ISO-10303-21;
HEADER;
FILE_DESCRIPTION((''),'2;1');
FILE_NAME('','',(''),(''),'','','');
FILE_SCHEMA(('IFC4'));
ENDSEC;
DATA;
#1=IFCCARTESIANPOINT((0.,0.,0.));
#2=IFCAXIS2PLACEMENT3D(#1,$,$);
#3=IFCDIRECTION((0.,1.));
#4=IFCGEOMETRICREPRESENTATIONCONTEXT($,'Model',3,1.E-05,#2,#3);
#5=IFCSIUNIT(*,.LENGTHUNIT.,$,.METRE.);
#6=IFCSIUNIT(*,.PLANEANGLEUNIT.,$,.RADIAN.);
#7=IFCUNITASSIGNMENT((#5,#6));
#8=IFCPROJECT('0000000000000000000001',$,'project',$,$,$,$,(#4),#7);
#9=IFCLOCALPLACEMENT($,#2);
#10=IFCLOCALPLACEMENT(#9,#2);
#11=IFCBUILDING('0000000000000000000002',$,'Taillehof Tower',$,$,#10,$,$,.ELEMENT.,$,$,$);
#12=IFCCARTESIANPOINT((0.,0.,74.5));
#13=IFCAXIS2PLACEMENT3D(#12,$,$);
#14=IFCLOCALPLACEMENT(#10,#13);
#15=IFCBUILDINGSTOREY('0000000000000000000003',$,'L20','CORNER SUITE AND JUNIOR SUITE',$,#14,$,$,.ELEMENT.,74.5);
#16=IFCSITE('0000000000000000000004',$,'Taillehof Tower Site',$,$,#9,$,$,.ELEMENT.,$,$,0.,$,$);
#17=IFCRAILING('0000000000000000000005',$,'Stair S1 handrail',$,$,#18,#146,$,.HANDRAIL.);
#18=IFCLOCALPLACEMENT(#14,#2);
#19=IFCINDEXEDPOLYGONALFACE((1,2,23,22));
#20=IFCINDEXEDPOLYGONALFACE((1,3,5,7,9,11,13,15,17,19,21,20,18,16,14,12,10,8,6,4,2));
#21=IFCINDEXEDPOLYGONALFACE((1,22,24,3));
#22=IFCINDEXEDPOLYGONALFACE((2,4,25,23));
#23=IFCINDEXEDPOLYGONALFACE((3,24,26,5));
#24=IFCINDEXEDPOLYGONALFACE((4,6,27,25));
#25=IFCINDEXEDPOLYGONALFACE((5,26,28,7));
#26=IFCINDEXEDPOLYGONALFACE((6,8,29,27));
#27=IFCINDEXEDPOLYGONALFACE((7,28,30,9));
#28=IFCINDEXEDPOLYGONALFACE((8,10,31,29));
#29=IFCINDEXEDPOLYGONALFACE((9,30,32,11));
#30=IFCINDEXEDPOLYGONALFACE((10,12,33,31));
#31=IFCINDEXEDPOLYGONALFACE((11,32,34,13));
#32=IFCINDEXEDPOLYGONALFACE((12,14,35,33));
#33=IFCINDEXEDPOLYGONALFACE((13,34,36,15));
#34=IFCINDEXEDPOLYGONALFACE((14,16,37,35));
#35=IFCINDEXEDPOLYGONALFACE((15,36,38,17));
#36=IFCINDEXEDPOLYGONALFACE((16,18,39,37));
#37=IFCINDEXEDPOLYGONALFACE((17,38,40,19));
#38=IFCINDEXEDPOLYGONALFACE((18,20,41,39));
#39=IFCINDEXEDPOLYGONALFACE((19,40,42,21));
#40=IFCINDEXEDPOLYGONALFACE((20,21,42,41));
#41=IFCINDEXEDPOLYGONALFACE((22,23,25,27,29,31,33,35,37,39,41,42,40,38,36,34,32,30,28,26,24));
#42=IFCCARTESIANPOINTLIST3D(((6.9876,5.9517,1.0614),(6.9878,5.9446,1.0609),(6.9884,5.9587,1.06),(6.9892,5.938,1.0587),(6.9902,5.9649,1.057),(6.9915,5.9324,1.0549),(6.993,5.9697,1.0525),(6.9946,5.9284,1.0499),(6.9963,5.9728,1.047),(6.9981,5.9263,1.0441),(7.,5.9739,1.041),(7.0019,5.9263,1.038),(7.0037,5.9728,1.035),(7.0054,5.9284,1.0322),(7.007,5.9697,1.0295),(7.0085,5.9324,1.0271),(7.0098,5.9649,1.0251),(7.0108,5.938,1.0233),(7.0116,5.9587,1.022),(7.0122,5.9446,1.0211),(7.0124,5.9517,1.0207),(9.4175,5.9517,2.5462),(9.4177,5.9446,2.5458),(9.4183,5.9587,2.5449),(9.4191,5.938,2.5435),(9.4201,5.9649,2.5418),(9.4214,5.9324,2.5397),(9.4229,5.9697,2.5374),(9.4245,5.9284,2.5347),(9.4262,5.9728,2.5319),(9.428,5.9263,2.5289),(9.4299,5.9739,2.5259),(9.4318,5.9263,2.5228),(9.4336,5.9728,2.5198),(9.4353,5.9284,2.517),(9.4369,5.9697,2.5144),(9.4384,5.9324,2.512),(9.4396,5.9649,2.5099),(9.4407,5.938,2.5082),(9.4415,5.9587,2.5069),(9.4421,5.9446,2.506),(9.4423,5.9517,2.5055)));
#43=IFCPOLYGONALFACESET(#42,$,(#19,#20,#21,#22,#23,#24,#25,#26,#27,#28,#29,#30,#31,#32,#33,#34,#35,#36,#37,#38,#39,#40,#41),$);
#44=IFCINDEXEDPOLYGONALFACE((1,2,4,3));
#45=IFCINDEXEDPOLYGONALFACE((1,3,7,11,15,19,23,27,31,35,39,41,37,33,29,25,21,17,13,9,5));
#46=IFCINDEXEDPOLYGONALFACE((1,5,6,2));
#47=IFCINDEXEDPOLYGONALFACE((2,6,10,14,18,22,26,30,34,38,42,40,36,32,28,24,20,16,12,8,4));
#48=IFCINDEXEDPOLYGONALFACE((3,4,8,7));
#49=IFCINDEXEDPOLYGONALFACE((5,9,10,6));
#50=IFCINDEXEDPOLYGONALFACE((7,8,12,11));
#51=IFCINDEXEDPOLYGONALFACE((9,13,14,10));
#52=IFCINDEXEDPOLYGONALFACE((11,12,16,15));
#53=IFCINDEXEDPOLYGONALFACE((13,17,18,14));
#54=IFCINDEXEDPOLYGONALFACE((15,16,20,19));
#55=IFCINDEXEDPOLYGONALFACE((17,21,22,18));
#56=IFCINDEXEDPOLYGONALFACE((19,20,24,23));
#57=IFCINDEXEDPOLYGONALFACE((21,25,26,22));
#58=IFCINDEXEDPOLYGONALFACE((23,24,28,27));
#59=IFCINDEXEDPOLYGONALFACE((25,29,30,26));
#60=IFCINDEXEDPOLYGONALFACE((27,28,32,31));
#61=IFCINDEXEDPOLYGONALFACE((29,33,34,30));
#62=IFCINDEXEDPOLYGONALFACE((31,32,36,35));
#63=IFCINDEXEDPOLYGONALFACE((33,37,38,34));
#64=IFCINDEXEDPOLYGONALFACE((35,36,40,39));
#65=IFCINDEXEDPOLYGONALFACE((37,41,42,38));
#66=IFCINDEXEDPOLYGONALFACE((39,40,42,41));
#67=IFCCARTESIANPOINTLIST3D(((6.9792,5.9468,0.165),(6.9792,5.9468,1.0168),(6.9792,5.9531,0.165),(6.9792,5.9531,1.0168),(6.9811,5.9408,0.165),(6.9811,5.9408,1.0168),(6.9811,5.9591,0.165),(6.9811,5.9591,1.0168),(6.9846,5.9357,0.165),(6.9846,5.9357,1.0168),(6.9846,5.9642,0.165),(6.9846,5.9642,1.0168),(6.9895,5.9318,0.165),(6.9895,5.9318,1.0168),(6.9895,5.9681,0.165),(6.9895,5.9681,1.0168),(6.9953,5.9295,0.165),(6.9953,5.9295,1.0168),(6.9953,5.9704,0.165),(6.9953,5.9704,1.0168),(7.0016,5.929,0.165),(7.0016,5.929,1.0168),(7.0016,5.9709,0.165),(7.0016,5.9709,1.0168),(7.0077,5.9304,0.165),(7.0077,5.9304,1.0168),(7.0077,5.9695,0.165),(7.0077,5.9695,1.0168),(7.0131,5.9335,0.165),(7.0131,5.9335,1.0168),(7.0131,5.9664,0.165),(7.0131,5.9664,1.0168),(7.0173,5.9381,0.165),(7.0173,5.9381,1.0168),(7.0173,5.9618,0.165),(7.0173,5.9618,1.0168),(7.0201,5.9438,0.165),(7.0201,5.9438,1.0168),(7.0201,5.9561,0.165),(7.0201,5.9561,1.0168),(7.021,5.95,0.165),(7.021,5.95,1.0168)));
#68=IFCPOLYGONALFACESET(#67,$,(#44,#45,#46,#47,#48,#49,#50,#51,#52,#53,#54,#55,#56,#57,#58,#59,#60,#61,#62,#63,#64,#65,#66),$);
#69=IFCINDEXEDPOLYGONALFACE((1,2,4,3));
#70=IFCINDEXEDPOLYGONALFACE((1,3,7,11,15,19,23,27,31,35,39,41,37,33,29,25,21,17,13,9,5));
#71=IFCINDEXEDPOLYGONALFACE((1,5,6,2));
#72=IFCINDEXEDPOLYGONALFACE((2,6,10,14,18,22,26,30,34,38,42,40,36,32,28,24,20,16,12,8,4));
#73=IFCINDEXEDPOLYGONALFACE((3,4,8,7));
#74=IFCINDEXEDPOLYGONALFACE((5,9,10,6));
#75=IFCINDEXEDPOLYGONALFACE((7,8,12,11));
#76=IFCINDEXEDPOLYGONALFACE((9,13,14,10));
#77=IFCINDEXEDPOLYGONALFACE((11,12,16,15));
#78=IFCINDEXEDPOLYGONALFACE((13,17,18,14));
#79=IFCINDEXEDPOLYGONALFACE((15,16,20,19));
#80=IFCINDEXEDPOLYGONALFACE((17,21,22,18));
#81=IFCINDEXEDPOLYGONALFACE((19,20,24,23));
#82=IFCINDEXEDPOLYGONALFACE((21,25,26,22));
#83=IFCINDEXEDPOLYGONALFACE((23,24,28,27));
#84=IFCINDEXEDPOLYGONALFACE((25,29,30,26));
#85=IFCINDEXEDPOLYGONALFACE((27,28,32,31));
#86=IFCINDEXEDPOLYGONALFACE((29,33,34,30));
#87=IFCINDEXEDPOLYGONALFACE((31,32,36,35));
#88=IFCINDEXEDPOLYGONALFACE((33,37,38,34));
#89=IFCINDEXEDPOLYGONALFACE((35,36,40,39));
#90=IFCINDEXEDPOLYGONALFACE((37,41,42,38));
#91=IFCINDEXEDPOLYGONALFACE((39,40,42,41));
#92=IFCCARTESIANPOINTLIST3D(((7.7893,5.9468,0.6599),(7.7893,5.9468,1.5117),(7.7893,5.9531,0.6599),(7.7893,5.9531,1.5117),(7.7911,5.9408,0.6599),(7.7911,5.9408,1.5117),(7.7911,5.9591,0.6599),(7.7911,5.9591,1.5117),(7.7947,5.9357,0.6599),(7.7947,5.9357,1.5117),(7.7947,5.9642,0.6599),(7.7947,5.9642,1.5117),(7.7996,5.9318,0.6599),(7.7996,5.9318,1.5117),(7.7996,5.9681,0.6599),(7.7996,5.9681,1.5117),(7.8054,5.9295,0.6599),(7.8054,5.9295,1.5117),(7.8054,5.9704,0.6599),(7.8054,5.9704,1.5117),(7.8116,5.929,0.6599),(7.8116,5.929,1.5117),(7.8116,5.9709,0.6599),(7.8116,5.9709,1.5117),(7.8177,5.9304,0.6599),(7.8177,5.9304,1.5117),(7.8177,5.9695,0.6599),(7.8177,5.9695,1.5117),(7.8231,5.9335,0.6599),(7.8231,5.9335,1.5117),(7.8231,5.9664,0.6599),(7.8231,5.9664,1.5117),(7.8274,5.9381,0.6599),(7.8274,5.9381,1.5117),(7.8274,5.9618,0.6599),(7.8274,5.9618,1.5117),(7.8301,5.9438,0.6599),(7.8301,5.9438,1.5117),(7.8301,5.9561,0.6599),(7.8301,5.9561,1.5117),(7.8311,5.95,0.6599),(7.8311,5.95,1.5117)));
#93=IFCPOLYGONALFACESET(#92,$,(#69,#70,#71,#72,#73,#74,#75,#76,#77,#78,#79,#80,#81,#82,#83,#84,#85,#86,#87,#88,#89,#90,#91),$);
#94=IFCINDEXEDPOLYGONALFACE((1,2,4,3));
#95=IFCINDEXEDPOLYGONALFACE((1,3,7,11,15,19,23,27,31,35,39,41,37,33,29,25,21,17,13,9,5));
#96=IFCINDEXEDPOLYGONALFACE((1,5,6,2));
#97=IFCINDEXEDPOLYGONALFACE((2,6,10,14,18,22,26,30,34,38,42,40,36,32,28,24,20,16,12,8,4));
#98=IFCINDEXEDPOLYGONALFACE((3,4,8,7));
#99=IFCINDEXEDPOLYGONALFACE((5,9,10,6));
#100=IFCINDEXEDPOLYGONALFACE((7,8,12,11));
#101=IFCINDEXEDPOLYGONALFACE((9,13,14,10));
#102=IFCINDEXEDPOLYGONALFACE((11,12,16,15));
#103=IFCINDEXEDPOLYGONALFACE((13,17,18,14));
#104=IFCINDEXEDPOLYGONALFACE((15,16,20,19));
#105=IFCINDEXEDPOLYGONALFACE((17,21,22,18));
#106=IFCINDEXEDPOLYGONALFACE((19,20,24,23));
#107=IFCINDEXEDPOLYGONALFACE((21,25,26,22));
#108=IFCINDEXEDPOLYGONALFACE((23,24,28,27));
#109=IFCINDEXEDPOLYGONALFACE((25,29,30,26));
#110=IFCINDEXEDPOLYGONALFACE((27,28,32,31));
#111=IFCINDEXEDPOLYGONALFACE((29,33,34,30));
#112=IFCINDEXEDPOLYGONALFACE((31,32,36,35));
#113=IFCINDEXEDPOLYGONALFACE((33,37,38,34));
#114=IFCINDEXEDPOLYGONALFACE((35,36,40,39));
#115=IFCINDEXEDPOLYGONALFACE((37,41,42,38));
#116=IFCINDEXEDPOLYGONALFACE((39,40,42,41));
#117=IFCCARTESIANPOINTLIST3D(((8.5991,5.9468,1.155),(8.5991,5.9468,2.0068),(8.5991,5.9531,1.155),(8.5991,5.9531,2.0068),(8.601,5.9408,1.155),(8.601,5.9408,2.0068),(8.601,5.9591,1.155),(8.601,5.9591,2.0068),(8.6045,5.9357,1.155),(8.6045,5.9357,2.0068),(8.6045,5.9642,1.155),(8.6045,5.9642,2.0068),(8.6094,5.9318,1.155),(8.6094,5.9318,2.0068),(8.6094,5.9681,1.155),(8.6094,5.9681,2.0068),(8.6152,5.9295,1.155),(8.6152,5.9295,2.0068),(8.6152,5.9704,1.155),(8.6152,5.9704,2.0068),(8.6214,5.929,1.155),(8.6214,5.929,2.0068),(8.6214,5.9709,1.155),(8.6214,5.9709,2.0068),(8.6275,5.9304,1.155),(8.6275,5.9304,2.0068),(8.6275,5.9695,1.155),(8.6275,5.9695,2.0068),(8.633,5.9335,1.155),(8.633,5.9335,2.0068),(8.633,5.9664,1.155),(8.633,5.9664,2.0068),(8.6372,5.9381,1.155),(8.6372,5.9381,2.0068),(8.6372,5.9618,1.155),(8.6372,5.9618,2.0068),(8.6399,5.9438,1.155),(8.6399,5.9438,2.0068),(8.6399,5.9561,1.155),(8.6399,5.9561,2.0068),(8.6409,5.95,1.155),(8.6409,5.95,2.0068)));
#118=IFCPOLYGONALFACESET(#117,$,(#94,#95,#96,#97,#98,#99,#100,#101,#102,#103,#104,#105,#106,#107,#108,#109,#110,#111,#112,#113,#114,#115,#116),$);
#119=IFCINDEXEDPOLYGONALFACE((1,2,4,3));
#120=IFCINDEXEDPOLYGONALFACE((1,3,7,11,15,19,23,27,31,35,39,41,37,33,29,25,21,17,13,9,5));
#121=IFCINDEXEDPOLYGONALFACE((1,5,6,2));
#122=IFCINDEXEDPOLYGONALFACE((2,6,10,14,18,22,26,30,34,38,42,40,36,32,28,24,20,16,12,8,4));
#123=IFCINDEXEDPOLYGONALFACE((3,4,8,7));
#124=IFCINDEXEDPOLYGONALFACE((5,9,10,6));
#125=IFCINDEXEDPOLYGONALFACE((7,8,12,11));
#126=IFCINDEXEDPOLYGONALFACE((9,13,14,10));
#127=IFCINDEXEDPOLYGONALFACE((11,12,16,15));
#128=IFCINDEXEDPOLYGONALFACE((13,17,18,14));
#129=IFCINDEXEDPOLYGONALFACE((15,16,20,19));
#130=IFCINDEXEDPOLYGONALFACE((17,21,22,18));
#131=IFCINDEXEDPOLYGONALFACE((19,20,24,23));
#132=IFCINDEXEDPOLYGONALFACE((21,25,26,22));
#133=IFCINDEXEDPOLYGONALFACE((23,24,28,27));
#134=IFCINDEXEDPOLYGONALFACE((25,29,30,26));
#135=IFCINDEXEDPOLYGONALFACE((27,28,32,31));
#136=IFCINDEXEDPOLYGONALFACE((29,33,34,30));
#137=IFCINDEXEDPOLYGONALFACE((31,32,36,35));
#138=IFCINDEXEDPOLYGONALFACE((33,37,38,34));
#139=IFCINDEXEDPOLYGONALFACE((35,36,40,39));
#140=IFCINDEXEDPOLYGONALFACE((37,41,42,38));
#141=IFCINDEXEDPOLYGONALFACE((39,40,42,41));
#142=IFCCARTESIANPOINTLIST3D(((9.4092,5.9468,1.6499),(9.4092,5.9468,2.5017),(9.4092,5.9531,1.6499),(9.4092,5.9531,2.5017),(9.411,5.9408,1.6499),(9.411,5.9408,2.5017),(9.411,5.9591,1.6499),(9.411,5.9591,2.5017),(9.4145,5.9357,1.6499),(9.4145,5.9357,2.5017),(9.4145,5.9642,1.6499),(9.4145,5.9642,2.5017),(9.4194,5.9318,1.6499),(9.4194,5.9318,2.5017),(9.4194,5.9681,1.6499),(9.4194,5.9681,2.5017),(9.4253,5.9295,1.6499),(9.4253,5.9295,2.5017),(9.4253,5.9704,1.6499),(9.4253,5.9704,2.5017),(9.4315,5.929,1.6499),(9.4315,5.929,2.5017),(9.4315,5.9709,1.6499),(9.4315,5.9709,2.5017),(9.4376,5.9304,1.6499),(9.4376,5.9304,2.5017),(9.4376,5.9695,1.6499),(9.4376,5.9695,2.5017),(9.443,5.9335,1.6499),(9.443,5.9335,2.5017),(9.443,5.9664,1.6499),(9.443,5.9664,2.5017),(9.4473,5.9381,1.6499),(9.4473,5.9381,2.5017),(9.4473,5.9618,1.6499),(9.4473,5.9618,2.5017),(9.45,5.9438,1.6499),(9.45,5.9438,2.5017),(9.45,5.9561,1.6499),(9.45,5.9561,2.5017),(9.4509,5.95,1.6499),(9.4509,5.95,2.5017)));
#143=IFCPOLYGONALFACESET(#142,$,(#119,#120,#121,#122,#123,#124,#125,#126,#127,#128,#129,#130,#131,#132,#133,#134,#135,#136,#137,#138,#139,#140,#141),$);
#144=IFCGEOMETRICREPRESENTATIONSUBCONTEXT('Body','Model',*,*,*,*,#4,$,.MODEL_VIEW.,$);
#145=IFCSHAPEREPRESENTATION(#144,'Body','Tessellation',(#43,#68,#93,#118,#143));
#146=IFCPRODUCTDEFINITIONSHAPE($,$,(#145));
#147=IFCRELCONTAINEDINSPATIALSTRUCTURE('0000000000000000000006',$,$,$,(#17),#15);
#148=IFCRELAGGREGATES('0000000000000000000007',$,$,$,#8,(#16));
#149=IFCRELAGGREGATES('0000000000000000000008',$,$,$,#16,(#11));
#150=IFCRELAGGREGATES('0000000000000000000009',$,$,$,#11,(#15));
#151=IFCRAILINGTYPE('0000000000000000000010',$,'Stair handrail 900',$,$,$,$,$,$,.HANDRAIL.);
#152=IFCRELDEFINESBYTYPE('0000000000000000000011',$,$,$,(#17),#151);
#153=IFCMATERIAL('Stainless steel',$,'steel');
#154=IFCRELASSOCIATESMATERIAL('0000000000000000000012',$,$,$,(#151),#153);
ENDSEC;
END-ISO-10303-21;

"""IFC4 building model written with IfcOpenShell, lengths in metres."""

from ifc_helpers import new_model, si_unit, direction, frame, origin, origin_2d, place, context, subcontext, project, spatial, circle, extrude, material, type_object, element, save


model = new_model("IFC4")

# Units and contexts
model_context = context("Model", 3, precision=1e-05, world=origin(), true_north=direction((0.0, 1.0)))
body_context = subcontext(model_context, "Body", "Model", "MODEL_VIEW")
ifc_project = project(units=[si_unit("LENGTHUNIT", "METRE"), si_unit("PLANEANGLEUNIT", "RADIAN")], contexts=[model_context])

# Site, building, storey
site_placement = place(None, origin())
site = spatial("IfcSite", under=ifc_project, at=site_placement, Name="Taillehof Tower Site", CompositionType="ELEMENT", RefElevation=0.0)
building_placement = place(site_placement, origin())
building = spatial("IfcBuilding", under=site, at=building_placement, Name="Taillehof Tower", CompositionType="ELEMENT")
storey_placement = place(building_placement, frame((0.0, 0.0, 74.5)))
storey = spatial("IfcBuildingStorey", under=building, at=storey_placement, Name="L20", Description="CORNER SUITE AND JUNIOR SUITE", CompositionType="ELEMENT", Elevation=74.5)

# Railing
ifc_material_1 = material(Name="Stainless steel", Category="steel")
railing_type = type_object("IfcRailingType", Name="Stair handrail 900", PredefinedType="HANDRAIL", material=ifc_material_1)
railing_placement = place(storey_placement, frame((7.0, 5.95, 0.165)))
element("IfcRailing", 1, at=railing_placement, inside=storey, type_object=railing_type, Name="Stair S1 handrail", PredefinedType="HANDRAIL", context=body_context, shape_type="SweptSolid", body=[
    extrude(circle(Radius=0.0239, at=origin_2d()), frame((0.0, 0.0, 0.876), z_axis=(0.853297, 0.0, 0.521426), x_axis=(0.0, 1.0, 0.0)), (0.0, 0.0, 1.0), 2.8477),
    extrude(circle(Radius=0.021, at=origin_2d()), origin(), (0.0, 0.0, 1.0), 0.8518),
    extrude(circle(Radius=0.021, at=origin_2d()), frame((0.8101, 0.0, 0.4949)), (0.0, 0.0, 1.0), 0.8518),
    extrude(circle(Radius=0.021, at=origin_2d()), frame((1.6199, 0.0, 0.99)), (0.0, 0.0, 1.0), 0.8518),
    extrude(circle(Radius=0.021, at=origin_2d()), frame((2.4299, 0.0, 1.4849)), (0.0, 0.0, 1.0), 0.8518),
])

save(model, "model.ifc")
